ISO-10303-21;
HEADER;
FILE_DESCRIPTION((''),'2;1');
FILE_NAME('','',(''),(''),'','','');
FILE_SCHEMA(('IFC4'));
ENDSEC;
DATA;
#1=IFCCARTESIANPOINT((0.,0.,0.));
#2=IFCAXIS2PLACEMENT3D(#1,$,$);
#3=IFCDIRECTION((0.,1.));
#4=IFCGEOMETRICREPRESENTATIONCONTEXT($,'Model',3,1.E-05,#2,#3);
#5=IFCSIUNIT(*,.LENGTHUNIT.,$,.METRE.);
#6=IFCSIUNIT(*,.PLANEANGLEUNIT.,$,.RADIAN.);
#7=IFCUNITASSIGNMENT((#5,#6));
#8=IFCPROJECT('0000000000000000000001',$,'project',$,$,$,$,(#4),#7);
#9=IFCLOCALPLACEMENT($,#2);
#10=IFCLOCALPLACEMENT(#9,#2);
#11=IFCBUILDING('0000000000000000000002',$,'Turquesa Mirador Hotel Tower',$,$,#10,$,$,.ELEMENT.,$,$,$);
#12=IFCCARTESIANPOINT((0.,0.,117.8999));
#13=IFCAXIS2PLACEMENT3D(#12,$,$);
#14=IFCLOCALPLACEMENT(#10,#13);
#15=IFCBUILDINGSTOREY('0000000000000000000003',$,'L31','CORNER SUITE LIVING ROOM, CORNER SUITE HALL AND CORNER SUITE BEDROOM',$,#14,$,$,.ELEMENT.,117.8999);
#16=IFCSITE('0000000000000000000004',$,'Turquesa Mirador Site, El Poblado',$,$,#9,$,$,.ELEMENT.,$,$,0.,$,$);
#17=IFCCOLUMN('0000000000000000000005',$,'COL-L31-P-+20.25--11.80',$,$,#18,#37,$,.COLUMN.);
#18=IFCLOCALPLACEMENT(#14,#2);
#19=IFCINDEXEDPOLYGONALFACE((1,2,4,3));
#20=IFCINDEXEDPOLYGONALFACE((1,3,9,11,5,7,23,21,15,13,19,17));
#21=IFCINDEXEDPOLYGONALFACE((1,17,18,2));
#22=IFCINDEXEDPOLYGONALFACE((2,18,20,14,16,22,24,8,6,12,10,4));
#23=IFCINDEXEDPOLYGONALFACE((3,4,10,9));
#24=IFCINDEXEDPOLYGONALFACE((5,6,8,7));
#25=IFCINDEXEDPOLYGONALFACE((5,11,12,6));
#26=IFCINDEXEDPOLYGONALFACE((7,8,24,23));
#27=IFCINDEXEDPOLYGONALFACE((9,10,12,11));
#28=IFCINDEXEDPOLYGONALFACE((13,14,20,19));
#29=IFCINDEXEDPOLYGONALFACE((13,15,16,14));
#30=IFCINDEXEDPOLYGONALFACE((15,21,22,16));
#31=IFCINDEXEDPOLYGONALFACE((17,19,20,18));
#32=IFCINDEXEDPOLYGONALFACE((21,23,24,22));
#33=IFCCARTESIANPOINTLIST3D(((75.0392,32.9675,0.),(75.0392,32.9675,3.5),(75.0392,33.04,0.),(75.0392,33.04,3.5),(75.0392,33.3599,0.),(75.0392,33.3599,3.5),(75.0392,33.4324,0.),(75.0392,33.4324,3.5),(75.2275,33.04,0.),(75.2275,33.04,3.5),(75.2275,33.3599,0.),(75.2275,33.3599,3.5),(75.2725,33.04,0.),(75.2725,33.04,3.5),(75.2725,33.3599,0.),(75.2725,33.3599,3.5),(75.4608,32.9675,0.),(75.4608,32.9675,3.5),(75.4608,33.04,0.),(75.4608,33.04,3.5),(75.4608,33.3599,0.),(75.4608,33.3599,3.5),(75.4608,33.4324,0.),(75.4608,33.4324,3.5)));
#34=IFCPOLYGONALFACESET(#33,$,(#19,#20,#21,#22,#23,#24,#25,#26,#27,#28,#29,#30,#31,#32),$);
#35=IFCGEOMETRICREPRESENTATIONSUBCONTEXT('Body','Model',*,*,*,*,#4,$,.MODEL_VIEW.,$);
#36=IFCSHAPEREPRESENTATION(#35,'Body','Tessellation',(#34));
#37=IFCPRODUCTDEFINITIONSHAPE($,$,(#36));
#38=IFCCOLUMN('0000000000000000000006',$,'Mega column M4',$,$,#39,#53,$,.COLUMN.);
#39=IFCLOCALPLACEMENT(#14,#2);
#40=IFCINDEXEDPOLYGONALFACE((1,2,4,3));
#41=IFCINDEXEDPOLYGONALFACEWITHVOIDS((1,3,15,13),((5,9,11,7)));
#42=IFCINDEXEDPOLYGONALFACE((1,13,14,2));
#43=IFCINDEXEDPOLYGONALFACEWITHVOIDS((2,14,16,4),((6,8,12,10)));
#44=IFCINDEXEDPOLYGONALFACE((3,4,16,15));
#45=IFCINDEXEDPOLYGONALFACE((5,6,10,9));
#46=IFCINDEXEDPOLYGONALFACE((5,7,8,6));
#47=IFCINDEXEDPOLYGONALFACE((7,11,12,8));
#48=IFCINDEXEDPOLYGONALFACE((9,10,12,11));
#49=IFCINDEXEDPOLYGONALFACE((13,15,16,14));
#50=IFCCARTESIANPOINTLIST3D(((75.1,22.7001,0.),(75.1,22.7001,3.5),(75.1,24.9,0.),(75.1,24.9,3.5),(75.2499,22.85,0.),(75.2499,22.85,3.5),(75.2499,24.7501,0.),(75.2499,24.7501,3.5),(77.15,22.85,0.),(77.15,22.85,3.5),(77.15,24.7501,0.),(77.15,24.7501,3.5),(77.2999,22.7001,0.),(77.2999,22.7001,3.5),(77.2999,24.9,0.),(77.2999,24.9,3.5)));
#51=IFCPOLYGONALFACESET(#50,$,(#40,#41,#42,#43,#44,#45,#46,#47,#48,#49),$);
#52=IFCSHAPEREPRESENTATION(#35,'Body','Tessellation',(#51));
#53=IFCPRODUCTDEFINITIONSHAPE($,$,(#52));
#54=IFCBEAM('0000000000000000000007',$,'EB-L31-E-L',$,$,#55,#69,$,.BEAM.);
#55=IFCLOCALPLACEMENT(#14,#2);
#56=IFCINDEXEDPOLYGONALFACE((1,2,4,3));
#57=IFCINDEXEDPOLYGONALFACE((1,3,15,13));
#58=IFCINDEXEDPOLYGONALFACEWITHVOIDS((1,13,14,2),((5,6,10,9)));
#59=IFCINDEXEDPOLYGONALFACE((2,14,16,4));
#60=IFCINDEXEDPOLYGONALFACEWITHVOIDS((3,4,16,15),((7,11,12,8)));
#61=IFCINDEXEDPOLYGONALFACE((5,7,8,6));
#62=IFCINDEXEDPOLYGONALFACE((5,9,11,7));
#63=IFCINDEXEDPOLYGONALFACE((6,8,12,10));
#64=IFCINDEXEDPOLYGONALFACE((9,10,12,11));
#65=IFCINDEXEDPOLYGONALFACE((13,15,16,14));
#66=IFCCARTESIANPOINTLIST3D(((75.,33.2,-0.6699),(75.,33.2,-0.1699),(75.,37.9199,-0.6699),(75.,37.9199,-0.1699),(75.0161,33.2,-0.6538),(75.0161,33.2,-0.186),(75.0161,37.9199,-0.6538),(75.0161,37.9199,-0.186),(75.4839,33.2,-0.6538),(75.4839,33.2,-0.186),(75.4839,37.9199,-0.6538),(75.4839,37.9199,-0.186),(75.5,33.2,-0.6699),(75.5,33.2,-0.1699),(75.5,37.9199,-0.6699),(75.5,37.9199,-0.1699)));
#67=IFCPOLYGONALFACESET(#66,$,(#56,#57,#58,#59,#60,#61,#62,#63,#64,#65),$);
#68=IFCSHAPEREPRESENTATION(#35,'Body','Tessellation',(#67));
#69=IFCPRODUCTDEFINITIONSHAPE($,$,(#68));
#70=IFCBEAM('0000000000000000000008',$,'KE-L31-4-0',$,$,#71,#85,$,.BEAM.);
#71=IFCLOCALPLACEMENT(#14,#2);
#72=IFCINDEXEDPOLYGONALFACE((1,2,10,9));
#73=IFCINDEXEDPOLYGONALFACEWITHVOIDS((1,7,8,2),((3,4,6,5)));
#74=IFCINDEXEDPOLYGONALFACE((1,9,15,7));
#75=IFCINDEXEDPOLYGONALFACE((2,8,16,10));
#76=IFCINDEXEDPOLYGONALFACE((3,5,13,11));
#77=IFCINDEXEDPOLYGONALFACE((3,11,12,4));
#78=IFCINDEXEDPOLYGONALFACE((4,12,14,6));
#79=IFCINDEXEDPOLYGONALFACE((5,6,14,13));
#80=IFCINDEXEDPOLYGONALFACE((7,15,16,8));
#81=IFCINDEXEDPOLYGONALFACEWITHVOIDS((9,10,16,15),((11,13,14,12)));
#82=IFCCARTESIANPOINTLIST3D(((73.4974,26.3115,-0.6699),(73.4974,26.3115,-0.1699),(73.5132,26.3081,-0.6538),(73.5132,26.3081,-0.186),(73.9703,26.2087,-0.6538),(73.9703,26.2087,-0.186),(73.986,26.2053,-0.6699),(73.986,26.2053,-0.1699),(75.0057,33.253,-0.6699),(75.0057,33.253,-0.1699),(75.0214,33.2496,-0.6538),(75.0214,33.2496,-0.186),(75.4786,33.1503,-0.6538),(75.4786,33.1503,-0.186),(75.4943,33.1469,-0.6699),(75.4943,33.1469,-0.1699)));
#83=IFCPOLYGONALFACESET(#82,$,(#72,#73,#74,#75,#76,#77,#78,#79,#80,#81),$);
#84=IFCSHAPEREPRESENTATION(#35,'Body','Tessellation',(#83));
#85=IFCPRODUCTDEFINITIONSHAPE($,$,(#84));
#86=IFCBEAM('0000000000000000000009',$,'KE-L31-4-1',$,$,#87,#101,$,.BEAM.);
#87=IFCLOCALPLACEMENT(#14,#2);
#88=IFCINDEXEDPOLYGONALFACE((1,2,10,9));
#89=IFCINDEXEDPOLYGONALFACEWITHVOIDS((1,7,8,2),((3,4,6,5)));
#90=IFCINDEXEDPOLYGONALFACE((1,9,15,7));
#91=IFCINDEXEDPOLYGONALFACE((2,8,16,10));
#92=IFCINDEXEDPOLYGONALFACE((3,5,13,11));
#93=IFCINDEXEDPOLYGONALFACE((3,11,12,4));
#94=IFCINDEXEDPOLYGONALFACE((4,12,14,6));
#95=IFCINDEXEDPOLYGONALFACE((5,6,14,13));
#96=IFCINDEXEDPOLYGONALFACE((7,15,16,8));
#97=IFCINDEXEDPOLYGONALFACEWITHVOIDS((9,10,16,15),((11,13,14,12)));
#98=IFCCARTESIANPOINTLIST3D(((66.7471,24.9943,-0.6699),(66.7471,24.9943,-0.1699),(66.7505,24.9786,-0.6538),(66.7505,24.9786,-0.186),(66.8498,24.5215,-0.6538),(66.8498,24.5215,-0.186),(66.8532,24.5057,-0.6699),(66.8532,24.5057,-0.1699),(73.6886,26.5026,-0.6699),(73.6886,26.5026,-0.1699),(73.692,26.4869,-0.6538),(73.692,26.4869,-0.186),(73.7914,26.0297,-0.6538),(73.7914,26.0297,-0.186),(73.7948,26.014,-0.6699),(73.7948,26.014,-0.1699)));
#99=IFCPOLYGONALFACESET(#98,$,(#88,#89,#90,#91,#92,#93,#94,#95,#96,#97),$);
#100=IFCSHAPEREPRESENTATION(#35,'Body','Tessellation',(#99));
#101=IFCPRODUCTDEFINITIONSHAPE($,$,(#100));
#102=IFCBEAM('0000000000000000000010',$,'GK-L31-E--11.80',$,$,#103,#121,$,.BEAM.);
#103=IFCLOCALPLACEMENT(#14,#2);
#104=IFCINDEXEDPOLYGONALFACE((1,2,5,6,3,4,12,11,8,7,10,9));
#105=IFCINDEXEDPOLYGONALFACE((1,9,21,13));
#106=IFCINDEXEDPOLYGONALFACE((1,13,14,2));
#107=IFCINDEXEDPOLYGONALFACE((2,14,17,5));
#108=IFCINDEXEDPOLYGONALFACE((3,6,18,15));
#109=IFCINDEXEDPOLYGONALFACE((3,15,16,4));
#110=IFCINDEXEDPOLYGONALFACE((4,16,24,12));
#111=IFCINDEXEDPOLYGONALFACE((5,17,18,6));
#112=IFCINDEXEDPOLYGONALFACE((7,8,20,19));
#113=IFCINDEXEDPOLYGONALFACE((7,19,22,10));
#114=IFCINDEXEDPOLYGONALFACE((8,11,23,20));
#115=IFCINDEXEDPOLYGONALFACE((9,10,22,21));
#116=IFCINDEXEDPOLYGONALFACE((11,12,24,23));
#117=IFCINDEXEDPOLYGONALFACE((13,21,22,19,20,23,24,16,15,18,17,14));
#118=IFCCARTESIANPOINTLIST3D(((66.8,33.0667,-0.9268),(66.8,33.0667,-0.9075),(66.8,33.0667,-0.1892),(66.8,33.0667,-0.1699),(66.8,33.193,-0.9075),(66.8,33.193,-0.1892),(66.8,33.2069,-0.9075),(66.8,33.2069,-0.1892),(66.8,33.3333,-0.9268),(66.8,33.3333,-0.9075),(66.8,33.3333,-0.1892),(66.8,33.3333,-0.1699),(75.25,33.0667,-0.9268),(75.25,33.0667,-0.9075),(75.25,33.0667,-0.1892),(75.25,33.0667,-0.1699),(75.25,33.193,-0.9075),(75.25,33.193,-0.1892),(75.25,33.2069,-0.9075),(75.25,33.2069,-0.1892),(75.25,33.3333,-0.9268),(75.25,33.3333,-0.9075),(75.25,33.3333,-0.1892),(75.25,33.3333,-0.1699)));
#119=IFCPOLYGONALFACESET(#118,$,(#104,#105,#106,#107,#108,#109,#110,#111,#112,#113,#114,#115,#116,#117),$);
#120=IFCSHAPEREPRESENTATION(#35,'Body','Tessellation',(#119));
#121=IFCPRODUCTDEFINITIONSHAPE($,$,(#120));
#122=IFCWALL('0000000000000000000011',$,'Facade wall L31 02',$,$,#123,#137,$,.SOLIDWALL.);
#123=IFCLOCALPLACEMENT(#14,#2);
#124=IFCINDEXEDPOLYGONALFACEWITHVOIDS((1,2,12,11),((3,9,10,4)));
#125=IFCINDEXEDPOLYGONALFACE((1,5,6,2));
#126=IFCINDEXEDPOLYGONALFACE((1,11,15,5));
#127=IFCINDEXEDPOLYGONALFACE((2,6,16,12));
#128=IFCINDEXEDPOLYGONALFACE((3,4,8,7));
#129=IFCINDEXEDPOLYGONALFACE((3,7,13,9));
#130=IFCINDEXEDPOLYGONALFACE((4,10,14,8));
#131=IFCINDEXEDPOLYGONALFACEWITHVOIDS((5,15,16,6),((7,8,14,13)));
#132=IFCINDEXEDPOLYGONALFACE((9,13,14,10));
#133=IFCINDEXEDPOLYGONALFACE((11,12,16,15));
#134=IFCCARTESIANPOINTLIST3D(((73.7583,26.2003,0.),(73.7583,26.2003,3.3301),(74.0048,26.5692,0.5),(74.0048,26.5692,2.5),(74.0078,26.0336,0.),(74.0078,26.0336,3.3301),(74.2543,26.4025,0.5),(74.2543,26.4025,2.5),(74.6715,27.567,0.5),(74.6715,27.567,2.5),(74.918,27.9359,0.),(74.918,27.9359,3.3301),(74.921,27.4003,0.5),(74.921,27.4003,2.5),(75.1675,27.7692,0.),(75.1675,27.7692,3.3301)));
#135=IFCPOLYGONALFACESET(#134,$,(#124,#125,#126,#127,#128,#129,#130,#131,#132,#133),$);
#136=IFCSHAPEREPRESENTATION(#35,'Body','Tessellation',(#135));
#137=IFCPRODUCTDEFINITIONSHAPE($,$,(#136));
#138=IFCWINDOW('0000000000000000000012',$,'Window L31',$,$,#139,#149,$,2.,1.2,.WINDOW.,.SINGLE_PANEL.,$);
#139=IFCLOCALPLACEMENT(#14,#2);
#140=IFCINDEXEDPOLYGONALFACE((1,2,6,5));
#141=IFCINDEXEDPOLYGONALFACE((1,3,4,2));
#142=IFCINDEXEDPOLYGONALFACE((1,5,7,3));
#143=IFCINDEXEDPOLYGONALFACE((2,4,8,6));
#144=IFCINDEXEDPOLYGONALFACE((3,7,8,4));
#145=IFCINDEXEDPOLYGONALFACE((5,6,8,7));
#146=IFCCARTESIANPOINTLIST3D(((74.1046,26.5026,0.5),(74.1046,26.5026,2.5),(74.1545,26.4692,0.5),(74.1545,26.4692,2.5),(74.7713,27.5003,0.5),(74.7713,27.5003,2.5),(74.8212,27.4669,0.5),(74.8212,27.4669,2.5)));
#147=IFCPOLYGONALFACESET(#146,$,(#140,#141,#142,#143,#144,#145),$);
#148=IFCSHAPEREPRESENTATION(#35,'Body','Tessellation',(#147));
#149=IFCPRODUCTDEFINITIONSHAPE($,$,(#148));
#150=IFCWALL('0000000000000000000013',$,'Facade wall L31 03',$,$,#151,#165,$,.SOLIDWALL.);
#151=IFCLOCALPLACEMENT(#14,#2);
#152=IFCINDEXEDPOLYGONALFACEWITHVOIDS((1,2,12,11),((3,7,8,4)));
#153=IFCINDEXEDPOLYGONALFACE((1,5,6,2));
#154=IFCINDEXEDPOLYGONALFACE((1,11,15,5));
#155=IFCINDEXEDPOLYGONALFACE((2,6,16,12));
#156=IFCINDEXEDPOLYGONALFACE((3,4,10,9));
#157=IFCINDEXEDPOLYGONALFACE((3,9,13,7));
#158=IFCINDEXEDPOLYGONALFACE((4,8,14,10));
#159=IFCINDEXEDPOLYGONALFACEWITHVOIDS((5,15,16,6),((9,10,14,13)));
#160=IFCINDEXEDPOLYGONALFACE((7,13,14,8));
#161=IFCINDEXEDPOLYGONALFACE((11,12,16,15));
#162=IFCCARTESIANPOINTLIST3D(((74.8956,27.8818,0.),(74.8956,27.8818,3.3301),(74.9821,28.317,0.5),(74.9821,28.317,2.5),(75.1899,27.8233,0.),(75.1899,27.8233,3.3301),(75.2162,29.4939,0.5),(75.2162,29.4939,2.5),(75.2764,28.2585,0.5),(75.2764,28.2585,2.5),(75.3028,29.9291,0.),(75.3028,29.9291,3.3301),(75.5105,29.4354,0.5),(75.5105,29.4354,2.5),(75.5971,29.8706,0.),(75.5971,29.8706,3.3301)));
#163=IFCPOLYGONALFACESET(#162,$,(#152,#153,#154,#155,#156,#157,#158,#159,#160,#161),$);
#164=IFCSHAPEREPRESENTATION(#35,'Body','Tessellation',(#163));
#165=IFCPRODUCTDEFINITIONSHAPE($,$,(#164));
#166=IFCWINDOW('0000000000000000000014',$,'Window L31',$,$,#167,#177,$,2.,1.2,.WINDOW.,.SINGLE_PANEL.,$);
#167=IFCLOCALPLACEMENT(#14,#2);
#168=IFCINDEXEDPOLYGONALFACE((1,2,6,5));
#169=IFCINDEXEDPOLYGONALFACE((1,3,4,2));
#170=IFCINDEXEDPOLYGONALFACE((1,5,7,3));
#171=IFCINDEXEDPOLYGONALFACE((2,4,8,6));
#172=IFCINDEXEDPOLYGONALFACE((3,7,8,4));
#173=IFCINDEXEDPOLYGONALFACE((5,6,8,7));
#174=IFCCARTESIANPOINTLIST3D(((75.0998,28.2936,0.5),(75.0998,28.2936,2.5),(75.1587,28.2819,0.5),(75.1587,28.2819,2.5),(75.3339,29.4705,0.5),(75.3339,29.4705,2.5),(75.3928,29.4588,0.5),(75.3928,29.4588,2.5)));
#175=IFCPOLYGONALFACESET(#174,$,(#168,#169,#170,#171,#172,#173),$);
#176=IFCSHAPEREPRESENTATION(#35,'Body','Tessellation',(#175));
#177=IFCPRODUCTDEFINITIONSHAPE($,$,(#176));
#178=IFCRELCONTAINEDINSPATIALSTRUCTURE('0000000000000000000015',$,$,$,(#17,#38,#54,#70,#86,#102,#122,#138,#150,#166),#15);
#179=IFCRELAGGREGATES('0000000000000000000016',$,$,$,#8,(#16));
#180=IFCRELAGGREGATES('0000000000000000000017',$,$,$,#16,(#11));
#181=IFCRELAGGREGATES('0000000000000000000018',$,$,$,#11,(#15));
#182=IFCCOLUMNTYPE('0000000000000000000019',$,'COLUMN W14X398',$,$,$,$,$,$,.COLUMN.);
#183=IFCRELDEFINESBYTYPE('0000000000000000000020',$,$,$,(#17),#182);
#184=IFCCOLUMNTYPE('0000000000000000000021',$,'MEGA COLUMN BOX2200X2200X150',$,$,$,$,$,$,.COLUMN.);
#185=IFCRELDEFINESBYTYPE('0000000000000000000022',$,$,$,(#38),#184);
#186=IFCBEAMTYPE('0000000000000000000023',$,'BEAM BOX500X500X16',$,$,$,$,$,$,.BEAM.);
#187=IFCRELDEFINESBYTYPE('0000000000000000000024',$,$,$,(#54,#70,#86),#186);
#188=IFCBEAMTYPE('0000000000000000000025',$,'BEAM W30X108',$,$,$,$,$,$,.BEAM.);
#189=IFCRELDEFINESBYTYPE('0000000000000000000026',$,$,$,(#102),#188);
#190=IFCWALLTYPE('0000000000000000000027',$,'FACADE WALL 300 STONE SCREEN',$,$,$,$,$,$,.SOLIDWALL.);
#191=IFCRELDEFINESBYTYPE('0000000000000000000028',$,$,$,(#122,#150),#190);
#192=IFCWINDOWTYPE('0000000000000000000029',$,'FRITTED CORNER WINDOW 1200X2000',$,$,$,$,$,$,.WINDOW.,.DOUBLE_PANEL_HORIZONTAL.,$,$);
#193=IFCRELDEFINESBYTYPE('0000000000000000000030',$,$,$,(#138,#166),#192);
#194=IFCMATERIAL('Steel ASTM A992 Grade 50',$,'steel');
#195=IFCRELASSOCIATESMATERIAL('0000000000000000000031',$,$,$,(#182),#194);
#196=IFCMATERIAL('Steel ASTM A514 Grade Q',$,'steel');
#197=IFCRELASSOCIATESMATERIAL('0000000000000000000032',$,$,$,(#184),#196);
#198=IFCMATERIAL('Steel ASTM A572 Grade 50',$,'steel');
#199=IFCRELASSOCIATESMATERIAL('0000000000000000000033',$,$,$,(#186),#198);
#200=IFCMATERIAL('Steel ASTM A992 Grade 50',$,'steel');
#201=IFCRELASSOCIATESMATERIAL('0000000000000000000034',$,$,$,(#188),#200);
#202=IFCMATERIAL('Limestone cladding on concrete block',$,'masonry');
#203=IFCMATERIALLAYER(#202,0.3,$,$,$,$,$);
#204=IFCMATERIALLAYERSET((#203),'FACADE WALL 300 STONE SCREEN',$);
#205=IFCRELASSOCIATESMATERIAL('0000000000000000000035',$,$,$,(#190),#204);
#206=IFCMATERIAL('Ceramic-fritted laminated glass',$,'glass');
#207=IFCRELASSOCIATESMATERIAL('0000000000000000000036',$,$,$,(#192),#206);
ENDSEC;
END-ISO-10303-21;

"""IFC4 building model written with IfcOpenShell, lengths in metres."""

from ifc_helpers import new_model, si_unit, direction, frame, frame_2d, origin, origin_2d, place, context, subcontext, project, spatial, rectangle, hollow_rectangle, i_section, extrude, material, layer, layer_set, material_profile, profile_set, type_object, element, fill, save


model = new_model("IFC4")

# Units and contexts
model_context = context("Model", 3, precision=1e-05, world=origin(), true_north=direction((0.0, 1.0)))
body_context = subcontext(model_context, "Body", "Model", "MODEL_VIEW")
ifc_project = project(units=[si_unit("LENGTHUNIT", "METRE"), si_unit("PLANEANGLEUNIT", "RADIAN")], contexts=[model_context])

# Site, building, storey
site_placement = place(None, origin())
site = spatial("IfcSite", under=ifc_project, at=site_placement, Name="Turquesa Mirador Site, El Poblado", CompositionType="ELEMENT", RefElevation=0.0)
building_placement = place(site_placement, origin())
building = spatial("IfcBuilding", under=site, at=building_placement, Name="Turquesa Mirador Hotel Tower", CompositionType="ELEMENT")
storey_placement = place(building_placement, frame((0.0, 0.0, 117.8999)))
storey = spatial("IfcBuildingStorey", under=building, at=storey_placement, Name="L31", Description="CORNER SUITE LIVING ROOM, CORNER SUITE HALL AND CORNER SUITE BEDROOM", CompositionType="ELEMENT", Elevation=117.8999)

# Columns
ifc_material_1 = material(Name="Steel ASTM A992 Grade 50", Category="steel")
ifc_material_profile_1 = material_profile(ifc_material_1, i_section(OverallWidth=0.4216, OverallDepth=0.4648, WebThickness=0.0449, FlangeThickness=0.0725, at=origin_2d()), Name="W14X398")
ifc_profile_set_1 = profile_set([ifc_material_profile_1], Name="Steel ASTM A992 Grade 50")
column_type_1 = type_object("IfcColumnType", Name="COLUMN W14X398", PredefinedType="COLUMN", material=ifc_profile_set_1)
column_1_placement = place(storey_placement, frame((75.25, 33.2, 0.0), z_axis=(0.0, 0.0, 1.0), x_axis=(1.0, 0.0, 0.0)))
element("IfcColumn", 1, at=column_1_placement, inside=storey, type_object=column_type_1, Name="COL-L31-P-+20.25--11.80", PredefinedType="COLUMN", context=body_context, shape_type="SweptSolid", body=[
    extrude(i_section(OverallWidth=0.4216, OverallDepth=0.4648, WebThickness=0.0449, FlangeThickness=0.0725, at=origin_2d()), origin(), (0.0, 0.0, 1.0), 3.5),
])
ifc_material_2 = material(Name="Steel ASTM A514 Grade Q", Category="steel")
ifc_material_profile_2 = material_profile(ifc_material_2, hollow_rectangle(XDim=2.2, YDim=2.2, WallThickness=0.1499, at=origin_2d()), Name="BOX2200X2200X150")
ifc_profile_set_2 = profile_set([ifc_material_profile_2], Name="Steel ASTM A514 Grade Q")
column_type_2 = type_object("IfcColumnType", Name="MEGA COLUMN BOX2200X2200X150", PredefinedType="COLUMN", material=ifc_profile_set_2)
column_2_placement = place(storey_placement, frame((76.2, 23.8, 0.0), z_axis=(0.0, 0.0, 1.0), x_axis=(1.0, 0.0, 0.0)))
element("IfcColumn", 2, at=column_2_placement, inside=storey, type_object=column_type_2, Name="Mega column M4", PredefinedType="COLUMN", context=body_context, shape_type="SweptSolid", body=[
    extrude(hollow_rectangle(XDim=2.2, YDim=2.2, WallThickness=0.1499, at=origin_2d()), origin(), (0.0, 0.0, 1.0), 3.5),
])

# Beams
ifc_material_3 = material(Name="Steel ASTM A572 Grade 50", Category="steel")
ifc_material_profile_3 = material_profile(ifc_material_3, hollow_rectangle(XDim=0.5, YDim=0.5, WallThickness=0.0161, at=origin_2d()), Name="BOX500X500X16")
ifc_profile_set_3 = profile_set([ifc_material_profile_3], Name="Steel ASTM A572 Grade 50")
beam_type_1 = type_object("IfcBeamType", Name="BEAM BOX500X500X16", PredefinedType="BEAM", material=ifc_profile_set_3)
beam_1_placement = place(storey_placement, frame((75.25, 33.2, -0.4199), z_axis=(0.0, 1.0, 0.0), x_axis=(-1.0, 0.0, 0.0)))
element("IfcBeam", 3, at=beam_1_placement, inside=storey, type_object=beam_type_1, Name="EB-L31-E-L", PredefinedType="BEAM", context=body_context, shape_type="SweptSolid", body=[
    extrude(hollow_rectangle(XDim=0.5, YDim=0.5, WallThickness=0.0161, at=origin_2d()), origin(), (0.0, 0.0, 1.0), 4.72),
])
for number, where, z_axis, x_axis, name in (
    (4, (75.25, 33.2, -0.4199), (-0.212328, -0.977198, 0.0), (0.977198, -0.212328, 0.0), "KE-L31-4-0"),
    (5, (73.7417, 26.2583, -0.4199), (-0.977198, -0.212328, 0.0), (0.212328, -0.977198, 0.0), "KE-L31-4-1"),
):
    element("IfcBeam", number, at=place(storey_placement, frame(where, z_axis=z_axis, x_axis=x_axis)), inside=storey, type_object=beam_type_1, Name=name, PredefinedType="BEAM", context=body_context, shape_type="SweptSolid", body=[
        extrude(hollow_rectangle(XDim=0.5, YDim=0.5, WallThickness=0.0161, at=origin_2d()), origin(), (0.0, 0.0, 1.0), 7.1035),
    ])
ifc_material_4 = material(Name="Steel ASTM A992 Grade 50", Category="steel")
ifc_material_profile_4 = material_profile(ifc_material_4, i_section(OverallWidth=0.2666, OverallDepth=0.7568, WebThickness=0.0139, FlangeThickness=0.0193, at=origin_2d()), Name="W30X108")
ifc_profile_set_4 = profile_set([ifc_material_profile_4], Name="Steel ASTM A992 Grade 50")
beam_type_2 = type_object("IfcBeamType", Name="BEAM W30X108", PredefinedType="BEAM", material=ifc_profile_set_4)
beam_2_placement = place(storey_placement, frame((75.25, 33.2, -0.5483), z_axis=(-1.0, 0.0, 0.0), x_axis=(0.0, -1.0, 0.0)))
element("IfcBeam", 6, at=beam_2_placement, inside=storey, type_object=beam_type_2, Name="GK-L31-E--11.80", PredefinedType="BEAM", context=body_context, shape_type="SweptSolid", body=[
    extrude(i_section(OverallWidth=0.2666, OverallDepth=0.7568, WebThickness=0.0139, FlangeThickness=0.0193, at=origin_2d()), origin(), (0.0, 0.0, 1.0), 8.45),
])

# Walls, openings, windows
ifc_material_5 = material(Name="Limestone cladding on concrete block", Category="masonry")
ifc_layer = layer(ifc_material_5, 0.3)
ifc_layer_set = layer_set([ifc_layer], Name="FACADE WALL 300 STONE SCREEN")
wall_type = type_object("IfcWallType", Name="FACADE WALL 300 STONE SCREEN", PredefinedType="SOLIDWALL", material=ifc_layer_set)
wall_1_placement = place(storey_placement, frame((73.8831, 26.1169, 0.0), z_axis=(0.0, 0.0, 1.0), x_axis=(0.555564, 0.831474, 0.0)))
wall_1 = element("IfcWall", 7, at=wall_1_placement, inside=storey, type_object=wall_type, Name="Facade wall L31 02", PredefinedType="SOLIDWALL", context=body_context, shape_type="SweptSolid", body=[
    extrude(rectangle(XDim=2.0874, YDim=0.3, at=frame_2d((1.0437, 0.0))), origin(), (0.0, 0.0, 1.0), 3.3301),
])
opening_1_placement = place(wall_1_placement, frame((0.4436, 0.0, 0.5)))
opening_1 = element("IfcOpeningElement", 8, at=opening_1_placement, cuts=wall_1, PredefinedType="OPENING", context=body_context, shape_type="SweptSolid", body=[
    extrude(rectangle(XDim=1.2, YDim=2.0, at=frame_2d((0.6001, 1.0))), frame((0.0, 0.1599, 0.0), z_axis=(0.0, -1.0, 0.0), x_axis=(1.0, 0.0, 0.0)), (0.0, 0.0, 1.0), 0.3201),
])
ifc_material_6 = material(Name="Ceramic-fritted laminated glass", Category="glass")
window_type_1 = type_object("IfcWindowType", Name="FRITTED CORNER WINDOW 1200X2000", PartitioningType="DOUBLE_PANEL_HORIZONTAL", PredefinedType="WINDOW", material=ifc_material_6)
window_1_placement = place(opening_1_placement, origin())
window_1 = element("IfcWindow", 9, at=window_1_placement, inside=storey, type_object=window_type_1, Name="Window L31", OverallHeight=2.0, OverallWidth=1.2, PartitioningType="SINGLE_PANEL", PredefinedType="WINDOW", context=body_context, shape_type="SweptSolid", body=[
    extrude(rectangle(XDim=1.2, YDim=2.0, at=frame_2d((0.6001, 1.0))), frame((0.0, 0.03, 0.0), z_axis=(0.0, -1.0, 0.0), x_axis=(1.0, 0.0, 0.0)), (0.0, 0.0, 1.0), 0.0601),
])
fill(opening_1, window_1)
wall_2_placement = place(storey_placement, frame((75.0427, 27.8525, 0.0), z_axis=(0.0, 0.0, 1.0), x_axis=(0.195081, 0.980787, 0.0)))
wall_2 = element("IfcWall", 10, at=wall_2_placement, inside=storey, type_object=wall_type, Name="Facade wall L31 03", PredefinedType="SOLIDWALL", context=body_context, shape_type="SweptSolid", body=[
    extrude(rectangle(XDim=2.0874, YDim=0.3, at=frame_2d((1.0437, 0.0))), origin(), (0.0, 0.0, 1.0), 3.3301),
])
opening_2_placement = place(wall_2_placement, frame((0.4436, 0.0, 0.5)))
opening_2 = element("IfcOpeningElement", 11, at=opening_2_placement, cuts=wall_2, PredefinedType="OPENING", context=body_context, shape_type="SweptSolid", body=[
    extrude(rectangle(XDim=1.2, YDim=2.0, at=frame_2d((0.6001, 1.0))), frame((0.0, 0.1599, 0.0), z_axis=(0.0, -1.0, 0.0), x_axis=(1.0, 0.0, 0.0)), (0.0, 0.0, 1.0), 0.3201),
])
window_2_placement = place(opening_2_placement, origin())
window_2 = element("IfcWindow", 12, at=window_2_placement, inside=storey, type_object=window_type_1, Name="Window L31", OverallHeight=2.0, OverallWidth=1.2, PartitioningType="SINGLE_PANEL", PredefinedType="WINDOW", context=body_context, shape_type="SweptSolid", body=[
    extrude(rectangle(XDim=1.2, YDim=2.0, at=frame_2d((0.6001, 1.0))), frame((0.0, 0.03, 0.0), z_axis=(0.0, -1.0, 0.0), x_axis=(1.0, 0.0, 0.0)), (0.0, 0.0, 1.0), 0.0601),
])
fill(opening_2, window_2)

save(model, "model.ifc")
